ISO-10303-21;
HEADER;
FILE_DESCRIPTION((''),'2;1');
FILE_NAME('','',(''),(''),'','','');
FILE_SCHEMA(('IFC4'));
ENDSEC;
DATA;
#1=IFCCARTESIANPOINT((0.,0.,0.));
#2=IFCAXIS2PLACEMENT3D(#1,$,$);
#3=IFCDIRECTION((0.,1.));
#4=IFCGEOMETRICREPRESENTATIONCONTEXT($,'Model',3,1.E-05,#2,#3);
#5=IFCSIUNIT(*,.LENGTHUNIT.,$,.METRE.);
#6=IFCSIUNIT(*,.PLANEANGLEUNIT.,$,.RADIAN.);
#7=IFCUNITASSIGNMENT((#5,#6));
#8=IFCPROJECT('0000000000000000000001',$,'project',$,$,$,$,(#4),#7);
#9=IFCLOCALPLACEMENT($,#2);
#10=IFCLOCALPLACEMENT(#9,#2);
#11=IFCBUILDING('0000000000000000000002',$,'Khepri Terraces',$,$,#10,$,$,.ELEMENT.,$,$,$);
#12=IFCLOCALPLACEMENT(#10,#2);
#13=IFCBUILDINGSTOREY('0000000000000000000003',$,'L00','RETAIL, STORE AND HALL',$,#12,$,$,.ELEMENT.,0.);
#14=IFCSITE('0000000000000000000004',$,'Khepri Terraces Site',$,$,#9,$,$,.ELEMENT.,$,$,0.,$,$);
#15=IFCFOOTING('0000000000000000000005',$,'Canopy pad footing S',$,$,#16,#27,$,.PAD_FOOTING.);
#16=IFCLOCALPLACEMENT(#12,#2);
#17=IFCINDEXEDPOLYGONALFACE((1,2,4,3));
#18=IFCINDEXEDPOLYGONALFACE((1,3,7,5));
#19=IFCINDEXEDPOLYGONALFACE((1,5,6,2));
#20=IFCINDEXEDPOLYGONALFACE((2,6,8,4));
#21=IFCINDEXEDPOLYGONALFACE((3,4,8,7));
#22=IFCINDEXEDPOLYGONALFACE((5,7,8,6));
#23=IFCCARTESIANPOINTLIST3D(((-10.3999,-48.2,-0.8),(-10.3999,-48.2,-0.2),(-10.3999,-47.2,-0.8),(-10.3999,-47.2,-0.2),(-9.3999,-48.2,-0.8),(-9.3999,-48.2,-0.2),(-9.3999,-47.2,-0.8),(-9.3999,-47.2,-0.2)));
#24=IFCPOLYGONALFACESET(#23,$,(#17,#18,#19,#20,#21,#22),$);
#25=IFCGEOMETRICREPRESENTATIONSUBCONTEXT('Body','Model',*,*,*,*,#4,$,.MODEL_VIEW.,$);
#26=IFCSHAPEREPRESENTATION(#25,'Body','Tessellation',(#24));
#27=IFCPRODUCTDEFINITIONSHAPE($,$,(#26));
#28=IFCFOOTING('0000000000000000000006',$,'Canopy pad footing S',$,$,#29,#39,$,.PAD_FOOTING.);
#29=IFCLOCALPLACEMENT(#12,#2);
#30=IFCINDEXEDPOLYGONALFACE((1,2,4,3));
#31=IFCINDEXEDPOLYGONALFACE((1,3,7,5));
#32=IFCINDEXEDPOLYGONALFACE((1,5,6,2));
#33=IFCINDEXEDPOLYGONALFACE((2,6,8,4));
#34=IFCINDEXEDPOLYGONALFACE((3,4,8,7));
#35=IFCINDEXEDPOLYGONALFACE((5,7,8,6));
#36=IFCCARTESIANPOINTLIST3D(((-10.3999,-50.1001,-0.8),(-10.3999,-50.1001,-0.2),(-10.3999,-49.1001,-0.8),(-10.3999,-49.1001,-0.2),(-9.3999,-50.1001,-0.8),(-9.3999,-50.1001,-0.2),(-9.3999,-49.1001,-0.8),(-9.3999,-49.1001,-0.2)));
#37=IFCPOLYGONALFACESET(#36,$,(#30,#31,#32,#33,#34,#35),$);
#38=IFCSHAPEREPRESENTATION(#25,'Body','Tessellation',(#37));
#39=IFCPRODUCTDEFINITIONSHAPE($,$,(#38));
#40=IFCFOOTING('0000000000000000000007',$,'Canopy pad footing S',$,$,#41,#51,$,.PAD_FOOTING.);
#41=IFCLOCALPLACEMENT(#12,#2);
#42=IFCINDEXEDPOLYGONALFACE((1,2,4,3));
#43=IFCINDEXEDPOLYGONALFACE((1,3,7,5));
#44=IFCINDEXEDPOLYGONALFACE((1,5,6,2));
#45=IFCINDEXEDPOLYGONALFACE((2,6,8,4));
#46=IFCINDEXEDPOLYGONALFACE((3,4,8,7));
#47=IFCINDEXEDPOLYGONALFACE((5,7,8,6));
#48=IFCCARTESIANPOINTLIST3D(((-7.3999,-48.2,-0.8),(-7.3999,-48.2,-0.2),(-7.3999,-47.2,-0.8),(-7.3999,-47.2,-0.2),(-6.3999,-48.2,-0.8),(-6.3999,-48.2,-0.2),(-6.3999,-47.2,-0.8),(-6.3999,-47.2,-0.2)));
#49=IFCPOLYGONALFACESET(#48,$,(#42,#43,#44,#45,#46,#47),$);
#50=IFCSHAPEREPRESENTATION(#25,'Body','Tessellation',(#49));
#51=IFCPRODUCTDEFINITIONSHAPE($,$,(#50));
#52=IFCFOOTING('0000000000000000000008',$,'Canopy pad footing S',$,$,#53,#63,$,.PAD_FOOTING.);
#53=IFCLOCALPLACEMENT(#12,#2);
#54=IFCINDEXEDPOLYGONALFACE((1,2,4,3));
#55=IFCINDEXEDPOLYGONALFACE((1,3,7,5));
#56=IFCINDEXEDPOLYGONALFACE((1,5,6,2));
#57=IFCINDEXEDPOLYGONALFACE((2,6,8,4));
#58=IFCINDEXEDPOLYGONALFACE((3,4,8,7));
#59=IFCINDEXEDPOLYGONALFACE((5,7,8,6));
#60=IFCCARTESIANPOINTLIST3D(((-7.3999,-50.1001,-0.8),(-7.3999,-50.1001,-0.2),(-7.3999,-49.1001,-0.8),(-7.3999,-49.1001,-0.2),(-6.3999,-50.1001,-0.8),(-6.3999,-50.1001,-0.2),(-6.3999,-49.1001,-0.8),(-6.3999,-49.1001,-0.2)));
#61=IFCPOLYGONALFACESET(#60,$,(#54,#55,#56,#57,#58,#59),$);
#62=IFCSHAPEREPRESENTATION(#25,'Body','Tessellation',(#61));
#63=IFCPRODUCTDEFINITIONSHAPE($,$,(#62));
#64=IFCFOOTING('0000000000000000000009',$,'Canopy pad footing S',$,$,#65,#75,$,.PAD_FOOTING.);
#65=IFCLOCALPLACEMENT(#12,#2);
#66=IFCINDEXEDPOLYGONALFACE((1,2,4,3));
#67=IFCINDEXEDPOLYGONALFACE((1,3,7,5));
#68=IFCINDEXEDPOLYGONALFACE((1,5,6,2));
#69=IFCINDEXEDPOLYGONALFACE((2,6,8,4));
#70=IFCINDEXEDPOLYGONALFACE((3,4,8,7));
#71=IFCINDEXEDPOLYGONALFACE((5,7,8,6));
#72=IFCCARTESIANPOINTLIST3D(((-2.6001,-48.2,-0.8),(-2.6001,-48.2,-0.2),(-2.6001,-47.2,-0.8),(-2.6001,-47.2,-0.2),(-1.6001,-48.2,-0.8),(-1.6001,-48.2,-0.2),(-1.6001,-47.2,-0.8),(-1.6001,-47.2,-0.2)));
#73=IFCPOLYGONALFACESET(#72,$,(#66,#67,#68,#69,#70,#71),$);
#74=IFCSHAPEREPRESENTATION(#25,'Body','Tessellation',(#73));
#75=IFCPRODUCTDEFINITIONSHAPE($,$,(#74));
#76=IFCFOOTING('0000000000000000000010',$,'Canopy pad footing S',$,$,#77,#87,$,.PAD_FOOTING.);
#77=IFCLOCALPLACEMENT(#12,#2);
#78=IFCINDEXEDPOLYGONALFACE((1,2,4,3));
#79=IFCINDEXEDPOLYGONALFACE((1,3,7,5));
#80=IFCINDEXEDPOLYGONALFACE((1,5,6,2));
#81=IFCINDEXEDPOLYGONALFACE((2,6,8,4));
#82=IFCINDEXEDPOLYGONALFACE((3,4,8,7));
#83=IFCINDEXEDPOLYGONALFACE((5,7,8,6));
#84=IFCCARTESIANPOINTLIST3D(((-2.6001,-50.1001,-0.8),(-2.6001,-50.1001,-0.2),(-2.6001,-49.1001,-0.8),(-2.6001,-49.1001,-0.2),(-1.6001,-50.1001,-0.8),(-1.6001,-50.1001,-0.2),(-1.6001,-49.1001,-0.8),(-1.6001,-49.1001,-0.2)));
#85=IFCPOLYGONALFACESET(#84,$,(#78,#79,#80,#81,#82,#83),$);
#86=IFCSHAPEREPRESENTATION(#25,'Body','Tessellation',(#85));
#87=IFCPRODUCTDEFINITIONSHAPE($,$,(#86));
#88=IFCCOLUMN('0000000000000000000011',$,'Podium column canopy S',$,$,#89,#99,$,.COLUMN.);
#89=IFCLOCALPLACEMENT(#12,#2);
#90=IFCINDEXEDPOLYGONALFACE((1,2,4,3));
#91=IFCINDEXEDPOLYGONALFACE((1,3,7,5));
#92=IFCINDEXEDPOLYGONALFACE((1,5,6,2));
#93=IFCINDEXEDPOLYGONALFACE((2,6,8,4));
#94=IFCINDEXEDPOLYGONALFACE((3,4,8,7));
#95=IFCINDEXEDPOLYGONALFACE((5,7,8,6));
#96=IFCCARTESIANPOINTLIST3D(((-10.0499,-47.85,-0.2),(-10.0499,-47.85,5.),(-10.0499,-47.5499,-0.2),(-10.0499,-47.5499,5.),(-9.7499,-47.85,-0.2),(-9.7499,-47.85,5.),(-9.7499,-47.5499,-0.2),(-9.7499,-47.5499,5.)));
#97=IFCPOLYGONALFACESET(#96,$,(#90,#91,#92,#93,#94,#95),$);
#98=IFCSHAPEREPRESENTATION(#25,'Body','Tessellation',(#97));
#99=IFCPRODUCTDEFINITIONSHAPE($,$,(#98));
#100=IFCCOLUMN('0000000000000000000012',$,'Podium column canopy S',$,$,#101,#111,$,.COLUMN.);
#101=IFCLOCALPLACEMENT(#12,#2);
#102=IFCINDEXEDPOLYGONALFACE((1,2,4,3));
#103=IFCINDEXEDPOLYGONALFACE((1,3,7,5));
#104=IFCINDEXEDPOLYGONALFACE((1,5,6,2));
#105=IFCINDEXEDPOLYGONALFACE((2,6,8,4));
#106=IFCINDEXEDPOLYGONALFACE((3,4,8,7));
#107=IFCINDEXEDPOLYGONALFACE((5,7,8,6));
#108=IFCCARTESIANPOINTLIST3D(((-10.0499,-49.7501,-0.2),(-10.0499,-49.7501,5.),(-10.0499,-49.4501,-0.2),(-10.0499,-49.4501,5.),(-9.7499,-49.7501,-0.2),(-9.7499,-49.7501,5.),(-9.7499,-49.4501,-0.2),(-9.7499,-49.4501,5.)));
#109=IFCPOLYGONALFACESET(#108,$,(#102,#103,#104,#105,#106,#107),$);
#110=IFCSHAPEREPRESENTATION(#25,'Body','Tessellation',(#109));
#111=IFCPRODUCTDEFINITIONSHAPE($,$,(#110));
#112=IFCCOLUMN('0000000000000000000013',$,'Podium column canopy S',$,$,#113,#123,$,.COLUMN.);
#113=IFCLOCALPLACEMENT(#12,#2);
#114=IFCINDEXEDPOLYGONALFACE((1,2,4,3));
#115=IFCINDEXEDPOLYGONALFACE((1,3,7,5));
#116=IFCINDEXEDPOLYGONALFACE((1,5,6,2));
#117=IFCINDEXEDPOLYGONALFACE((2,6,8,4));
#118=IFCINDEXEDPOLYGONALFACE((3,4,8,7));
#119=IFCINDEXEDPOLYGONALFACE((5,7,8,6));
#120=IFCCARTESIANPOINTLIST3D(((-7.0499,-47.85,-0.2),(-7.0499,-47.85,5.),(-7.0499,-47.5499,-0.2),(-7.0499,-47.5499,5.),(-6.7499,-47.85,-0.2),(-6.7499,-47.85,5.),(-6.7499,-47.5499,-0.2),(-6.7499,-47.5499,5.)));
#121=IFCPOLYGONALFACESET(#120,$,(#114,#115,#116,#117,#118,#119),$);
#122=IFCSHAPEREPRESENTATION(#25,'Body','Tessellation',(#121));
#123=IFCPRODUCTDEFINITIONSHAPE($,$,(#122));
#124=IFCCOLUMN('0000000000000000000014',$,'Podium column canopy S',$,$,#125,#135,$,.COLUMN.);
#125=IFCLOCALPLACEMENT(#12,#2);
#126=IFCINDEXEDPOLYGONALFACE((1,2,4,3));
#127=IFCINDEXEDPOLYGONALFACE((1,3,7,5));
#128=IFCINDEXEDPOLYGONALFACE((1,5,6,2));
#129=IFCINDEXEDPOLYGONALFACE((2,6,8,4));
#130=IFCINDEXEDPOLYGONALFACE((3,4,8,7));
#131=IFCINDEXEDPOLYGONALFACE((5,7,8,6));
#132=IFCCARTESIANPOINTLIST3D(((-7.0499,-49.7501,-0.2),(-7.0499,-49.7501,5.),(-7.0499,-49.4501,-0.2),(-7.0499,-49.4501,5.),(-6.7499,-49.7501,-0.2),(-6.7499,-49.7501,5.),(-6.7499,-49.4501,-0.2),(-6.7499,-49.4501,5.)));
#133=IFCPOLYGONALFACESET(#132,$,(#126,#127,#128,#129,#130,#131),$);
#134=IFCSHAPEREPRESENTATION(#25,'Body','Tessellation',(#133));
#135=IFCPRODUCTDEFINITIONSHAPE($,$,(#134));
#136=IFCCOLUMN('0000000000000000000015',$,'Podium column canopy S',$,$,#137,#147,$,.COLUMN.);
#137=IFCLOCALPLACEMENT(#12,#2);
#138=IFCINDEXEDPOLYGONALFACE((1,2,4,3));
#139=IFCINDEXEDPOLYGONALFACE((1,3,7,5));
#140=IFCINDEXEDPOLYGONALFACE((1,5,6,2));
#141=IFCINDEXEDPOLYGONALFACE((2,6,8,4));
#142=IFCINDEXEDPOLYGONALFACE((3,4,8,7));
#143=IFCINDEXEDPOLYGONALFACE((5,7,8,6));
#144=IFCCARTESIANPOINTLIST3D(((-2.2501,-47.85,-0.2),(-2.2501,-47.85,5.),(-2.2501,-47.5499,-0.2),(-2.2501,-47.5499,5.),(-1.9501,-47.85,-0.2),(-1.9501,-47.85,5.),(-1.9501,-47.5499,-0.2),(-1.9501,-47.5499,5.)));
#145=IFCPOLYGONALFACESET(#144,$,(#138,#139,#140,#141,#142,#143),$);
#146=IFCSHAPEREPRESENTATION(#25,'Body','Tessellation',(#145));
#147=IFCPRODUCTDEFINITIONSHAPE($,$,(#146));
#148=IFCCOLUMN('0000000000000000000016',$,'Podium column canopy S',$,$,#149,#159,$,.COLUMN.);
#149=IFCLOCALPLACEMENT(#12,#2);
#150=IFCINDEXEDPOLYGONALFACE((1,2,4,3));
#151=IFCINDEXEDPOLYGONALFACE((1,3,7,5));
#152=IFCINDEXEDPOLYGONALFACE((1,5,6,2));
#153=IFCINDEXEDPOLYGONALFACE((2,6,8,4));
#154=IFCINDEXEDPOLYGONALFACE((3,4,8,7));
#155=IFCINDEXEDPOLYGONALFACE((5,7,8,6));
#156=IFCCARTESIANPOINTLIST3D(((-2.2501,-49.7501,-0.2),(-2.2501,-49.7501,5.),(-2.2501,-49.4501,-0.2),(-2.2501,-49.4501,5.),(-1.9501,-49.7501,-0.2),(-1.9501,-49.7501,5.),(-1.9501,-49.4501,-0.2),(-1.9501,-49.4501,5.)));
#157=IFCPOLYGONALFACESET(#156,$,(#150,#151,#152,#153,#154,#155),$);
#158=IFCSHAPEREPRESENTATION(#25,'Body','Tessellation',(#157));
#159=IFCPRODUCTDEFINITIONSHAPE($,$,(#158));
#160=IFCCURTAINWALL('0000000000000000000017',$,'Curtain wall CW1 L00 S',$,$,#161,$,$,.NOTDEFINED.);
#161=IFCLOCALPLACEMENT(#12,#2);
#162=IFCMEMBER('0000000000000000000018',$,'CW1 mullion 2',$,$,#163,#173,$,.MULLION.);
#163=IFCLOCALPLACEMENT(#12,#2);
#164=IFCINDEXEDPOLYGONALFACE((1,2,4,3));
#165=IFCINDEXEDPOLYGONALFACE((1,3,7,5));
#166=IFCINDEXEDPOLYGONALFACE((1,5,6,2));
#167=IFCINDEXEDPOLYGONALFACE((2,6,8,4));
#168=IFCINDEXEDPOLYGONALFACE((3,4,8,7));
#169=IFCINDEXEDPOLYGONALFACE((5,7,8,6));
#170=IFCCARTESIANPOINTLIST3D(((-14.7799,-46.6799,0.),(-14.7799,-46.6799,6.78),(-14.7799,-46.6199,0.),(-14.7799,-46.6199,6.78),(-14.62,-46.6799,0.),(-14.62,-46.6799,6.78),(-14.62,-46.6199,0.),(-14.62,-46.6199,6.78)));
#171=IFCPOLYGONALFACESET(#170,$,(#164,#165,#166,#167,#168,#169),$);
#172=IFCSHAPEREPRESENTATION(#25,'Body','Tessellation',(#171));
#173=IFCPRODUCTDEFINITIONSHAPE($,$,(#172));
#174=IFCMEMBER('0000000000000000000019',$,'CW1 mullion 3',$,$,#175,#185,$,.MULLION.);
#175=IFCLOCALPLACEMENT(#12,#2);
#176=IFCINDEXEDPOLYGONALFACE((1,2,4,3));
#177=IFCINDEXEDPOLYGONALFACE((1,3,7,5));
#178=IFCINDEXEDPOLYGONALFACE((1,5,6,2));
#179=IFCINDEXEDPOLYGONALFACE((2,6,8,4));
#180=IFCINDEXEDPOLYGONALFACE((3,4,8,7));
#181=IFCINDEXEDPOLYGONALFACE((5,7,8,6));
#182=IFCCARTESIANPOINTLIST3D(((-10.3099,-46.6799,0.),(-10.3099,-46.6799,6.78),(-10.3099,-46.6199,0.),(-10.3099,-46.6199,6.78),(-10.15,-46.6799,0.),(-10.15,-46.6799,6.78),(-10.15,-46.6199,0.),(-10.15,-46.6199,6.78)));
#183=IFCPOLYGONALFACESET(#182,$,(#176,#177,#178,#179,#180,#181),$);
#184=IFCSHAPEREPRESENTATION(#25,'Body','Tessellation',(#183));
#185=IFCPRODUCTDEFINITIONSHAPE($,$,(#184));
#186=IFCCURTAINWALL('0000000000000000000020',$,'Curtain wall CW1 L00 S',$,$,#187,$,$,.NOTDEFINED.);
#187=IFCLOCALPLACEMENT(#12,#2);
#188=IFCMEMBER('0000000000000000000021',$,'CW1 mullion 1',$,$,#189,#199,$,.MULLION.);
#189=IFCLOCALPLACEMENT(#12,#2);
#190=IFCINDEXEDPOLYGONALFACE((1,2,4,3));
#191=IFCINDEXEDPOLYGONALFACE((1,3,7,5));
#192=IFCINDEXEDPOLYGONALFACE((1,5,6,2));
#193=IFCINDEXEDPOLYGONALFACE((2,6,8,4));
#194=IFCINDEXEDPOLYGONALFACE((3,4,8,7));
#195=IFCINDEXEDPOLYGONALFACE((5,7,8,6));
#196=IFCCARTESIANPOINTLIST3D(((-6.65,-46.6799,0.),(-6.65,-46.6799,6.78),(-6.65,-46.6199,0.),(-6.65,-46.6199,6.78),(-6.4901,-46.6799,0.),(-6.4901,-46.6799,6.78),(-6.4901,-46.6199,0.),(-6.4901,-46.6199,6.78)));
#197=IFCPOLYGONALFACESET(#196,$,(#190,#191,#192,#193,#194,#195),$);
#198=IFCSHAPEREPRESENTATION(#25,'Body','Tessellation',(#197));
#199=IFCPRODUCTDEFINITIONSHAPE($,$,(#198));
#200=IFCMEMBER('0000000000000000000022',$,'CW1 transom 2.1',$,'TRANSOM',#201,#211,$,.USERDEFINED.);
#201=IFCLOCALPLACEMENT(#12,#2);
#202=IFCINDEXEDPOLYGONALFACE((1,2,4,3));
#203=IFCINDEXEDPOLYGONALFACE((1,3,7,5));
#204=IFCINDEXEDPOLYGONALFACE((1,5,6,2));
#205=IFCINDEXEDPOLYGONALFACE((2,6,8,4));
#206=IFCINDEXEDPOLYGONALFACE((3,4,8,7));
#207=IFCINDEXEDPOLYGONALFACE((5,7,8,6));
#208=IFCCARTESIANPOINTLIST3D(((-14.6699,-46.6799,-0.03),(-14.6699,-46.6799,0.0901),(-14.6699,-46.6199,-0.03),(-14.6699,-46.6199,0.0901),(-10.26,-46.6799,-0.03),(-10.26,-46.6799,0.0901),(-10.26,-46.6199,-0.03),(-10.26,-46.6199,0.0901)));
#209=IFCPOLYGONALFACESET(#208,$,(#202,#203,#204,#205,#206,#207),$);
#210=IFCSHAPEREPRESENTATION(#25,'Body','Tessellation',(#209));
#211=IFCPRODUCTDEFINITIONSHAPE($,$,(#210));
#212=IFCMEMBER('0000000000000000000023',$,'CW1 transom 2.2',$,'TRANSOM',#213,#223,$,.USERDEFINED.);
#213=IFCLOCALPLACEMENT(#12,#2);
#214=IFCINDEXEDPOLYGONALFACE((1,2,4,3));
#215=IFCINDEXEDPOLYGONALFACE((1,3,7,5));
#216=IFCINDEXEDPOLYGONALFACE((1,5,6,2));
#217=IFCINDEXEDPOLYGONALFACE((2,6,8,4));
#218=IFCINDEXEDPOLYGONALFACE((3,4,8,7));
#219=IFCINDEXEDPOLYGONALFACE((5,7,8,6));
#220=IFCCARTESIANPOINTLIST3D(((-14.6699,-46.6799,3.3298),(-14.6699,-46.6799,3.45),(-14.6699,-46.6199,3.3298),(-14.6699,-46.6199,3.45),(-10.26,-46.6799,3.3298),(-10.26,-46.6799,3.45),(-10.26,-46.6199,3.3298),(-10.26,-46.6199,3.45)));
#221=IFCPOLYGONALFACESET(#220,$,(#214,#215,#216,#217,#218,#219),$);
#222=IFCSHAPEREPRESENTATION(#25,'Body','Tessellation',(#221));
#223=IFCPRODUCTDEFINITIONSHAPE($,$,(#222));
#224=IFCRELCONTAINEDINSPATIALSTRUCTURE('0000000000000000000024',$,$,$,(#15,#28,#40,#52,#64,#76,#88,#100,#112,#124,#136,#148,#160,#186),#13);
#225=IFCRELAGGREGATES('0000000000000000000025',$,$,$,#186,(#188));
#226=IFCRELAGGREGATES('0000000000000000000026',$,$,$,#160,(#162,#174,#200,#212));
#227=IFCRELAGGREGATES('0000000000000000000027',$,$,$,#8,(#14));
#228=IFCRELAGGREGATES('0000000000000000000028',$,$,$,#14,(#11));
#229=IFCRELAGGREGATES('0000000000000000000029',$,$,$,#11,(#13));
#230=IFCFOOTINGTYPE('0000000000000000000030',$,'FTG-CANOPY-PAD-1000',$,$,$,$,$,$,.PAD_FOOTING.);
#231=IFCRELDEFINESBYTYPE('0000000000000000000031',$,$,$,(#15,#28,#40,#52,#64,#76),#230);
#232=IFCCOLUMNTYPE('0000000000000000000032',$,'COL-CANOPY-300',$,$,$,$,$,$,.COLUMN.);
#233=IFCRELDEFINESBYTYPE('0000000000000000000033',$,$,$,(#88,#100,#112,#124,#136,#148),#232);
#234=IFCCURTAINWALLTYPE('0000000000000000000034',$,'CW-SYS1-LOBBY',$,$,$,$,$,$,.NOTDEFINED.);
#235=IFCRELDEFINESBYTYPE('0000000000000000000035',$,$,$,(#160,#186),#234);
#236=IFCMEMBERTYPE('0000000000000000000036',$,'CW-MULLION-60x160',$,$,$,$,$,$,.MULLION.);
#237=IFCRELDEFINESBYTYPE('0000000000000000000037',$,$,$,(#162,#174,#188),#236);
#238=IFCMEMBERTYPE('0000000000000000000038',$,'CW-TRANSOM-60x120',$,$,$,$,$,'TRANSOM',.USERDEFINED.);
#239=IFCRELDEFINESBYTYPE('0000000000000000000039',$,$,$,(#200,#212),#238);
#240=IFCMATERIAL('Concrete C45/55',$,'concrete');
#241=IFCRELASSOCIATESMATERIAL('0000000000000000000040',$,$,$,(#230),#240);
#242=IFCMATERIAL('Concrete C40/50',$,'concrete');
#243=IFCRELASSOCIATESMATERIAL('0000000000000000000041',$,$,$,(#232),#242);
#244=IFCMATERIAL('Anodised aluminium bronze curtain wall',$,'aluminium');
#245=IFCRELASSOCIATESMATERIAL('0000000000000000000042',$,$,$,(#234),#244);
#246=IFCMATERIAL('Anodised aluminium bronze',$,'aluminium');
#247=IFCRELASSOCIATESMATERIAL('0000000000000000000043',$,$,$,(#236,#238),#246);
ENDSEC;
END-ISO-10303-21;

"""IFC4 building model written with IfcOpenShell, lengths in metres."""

from ifc_helpers import new_model, si_unit, direction, frame, origin, origin_2d, place, context, subcontext, project, spatial, rectangle, extrude, material, material_profile, profile_set, type_object, element, aggregate, save


model = new_model("IFC4")

# Units and contexts
model_context = context("Model", 3, precision=1e-05, world=origin(), true_north=direction((0.0, 1.0)))
body_context = subcontext(model_context, "Body", "Model", "MODEL_VIEW")
ifc_project = project(units=[si_unit("LENGTHUNIT", "METRE"), si_unit("PLANEANGLEUNIT", "RADIAN")], contexts=[model_context])

# Site, building, storey
site_placement = place(None, origin())
site = spatial("IfcSite", under=ifc_project, at=site_placement, Name="Khepri Terraces Site", CompositionType="ELEMENT", RefElevation=0.0)
building_placement = place(site_placement, origin())
building = spatial("IfcBuilding", under=site, at=building_placement, Name="Khepri Terraces", CompositionType="ELEMENT")
storey_placement = place(building_placement, origin())
storey = spatial("IfcBuildingStorey", under=building, at=storey_placement, Name="L00", Description="RETAIL, STORE AND HALL", CompositionType="ELEMENT", Elevation=0.0)

# Footings
ifc_material_1 = material(Name="Concrete C45/55", Category="concrete")
footing_type = type_object("IfcFootingType", Name="FTG-CANOPY-PAD-1000", PredefinedType="PAD_FOOTING", material=ifc_material_1)
for number, where, z_axis, x_axis, name in (
    (1, (-9.8999, -47.7, -0.8), (0.0, 0.0, 1.0), (1.0, 0.0, 0.0), "Canopy pad footing S"),
    (2, (-9.8999, -49.6001, -0.8), (0.0, 0.0, 1.0), (1.0, 0.0, 0.0), "Canopy pad footing S"),
    (3, (-6.8999, -47.7, -0.8), (0.0, 0.0, 1.0), (1.0, 0.0, 0.0), "Canopy pad footing S"),
    (4, (-6.8999, -49.6001, -0.8), (0.0, 0.0, 1.0), (1.0, 0.0, 0.0), "Canopy pad footing S"),
    (5, (-2.1001, -47.7, -0.8), (0.0, 0.0, 1.0), (1.0, 0.0, 0.0), "Canopy pad footing S"),
    (6, (-2.1001, -49.6001, -0.8), (0.0, 0.0, 1.0), (1.0, 0.0, 0.0), "Canopy pad footing S"),
):
    element("IfcFooting", number, at=place(storey_placement, frame(where, z_axis=z_axis, x_axis=x_axis)), inside=storey, type_object=footing_type, Name=name, PredefinedType="PAD_FOOTING", context=body_context, shape_type="SweptSolid", body=[
        extrude(rectangle(XDim=1.0, YDim=1.0, at=origin_2d()), origin(), (0.0, 0.0, 1.0), 0.6001),
    ])

# Columns
ifc_material_2 = material(Name="Concrete C40/50", Category="concrete")
ifc_material_profile_1 = material_profile(ifc_material_2, rectangle(XDim=0.3, YDim=0.3, at=origin_2d()), Name="Concrete C40/50", Category="concrete")
ifc_profile_set_1 = profile_set([ifc_material_profile_1], Name="Concrete C40/50")
column_type = type_object("IfcColumnType", Name="COL-CANOPY-300", PredefinedType="COLUMN", material=ifc_profile_set_1)
for number, where, z_axis, x_axis, name in (
    (7, (-9.8999, -47.7, -0.2), (0.0, 0.0, 1.0), (1.0, 0.0, 0.0), "Podium column canopy S"),
    (8, (-9.8999, -49.6001, -0.2), (0.0, 0.0, 1.0), (1.0, 0.0, 0.0), "Podium column canopy S"),
    (9, (-6.8999, -47.7, -0.2), (0.0, 0.0, 1.0), (1.0, 0.0, 0.0), "Podium column canopy S"),
    (10, (-6.8999, -49.6001, -0.2), (0.0, 0.0, 1.0), (1.0, 0.0, 0.0), "Podium column canopy S"),
    (11, (-2.1001, -47.7, -0.2), (0.0, 0.0, 1.0), (1.0, 0.0, 0.0), "Podium column canopy S"),
    (12, (-2.1001, -49.6001, -0.2), (0.0, 0.0, 1.0), (1.0, 0.0, 0.0), "Podium column canopy S"),
):
    element("IfcColumn", number, at=place(storey_placement, frame(where, z_axis=z_axis, x_axis=x_axis)), inside=storey, type_object=column_type, Name=name, PredefinedType="COLUMN", context=body_context, shape_type="SweptSolid", body=[
        extrude(rectangle(XDim=0.3, YDim=0.3, at=origin_2d()), origin(), (0.0, 0.0, 1.0), 5.2),
    ])

# Curtain wall, members
ifc_material_3 = material(Name="Anodised aluminium bronze curtain wall", Category="aluminium")
curtain_wall_type = type_object("IfcCurtainWallType", Name="CW-SYS1-LOBBY", PredefinedType="NOTDEFINED", material=ifc_material_3)
curtain_wall_1_placement = place(storey_placement, origin())
curtain_wall_1 = element("IfcCurtainWall", 13, at=curtain_wall_1_placement, inside=storey, type_object=curtain_wall_type, Name="Curtain wall CW1 L00 S", PredefinedType="NOTDEFINED")
ifc_material_4 = material(Name="Anodised aluminium bronze", Category="aluminium")
ifc_material_profile_2 = material_profile(ifc_material_4, rectangle(XDim=0.0601, YDim=0.1599, at=origin_2d()), Name="Anodised aluminium bronze", Category="aluminium")
ifc_profile_set_2 = profile_set([ifc_material_profile_2], Name="Anodised aluminium bronze")
member_type_1 = type_object("IfcMemberType", Name="CW-MULLION-60x160", PredefinedType="MULLION", material=ifc_profile_set_2)
member_1_placement = place(storey_placement, frame((-14.7, -46.6499, 0.0), z_axis=(0.0, 0.0, 1.0), x_axis=(0.0, 1.0, 0.0)))
member_1 = element("IfcMember", 14, at=member_1_placement, type_object=member_type_1, Name="CW1 mullion 2", PredefinedType="MULLION", context=body_context, shape_type="SweptSolid", body=[
    extrude(rectangle(XDim=0.0601, YDim=0.1599, at=origin_2d()), origin(), (0.0, 0.0, 1.0), 6.78),
])
member_2_placement = place(storey_placement, frame((-10.23, -46.6499, 0.0), z_axis=(0.0, 0.0, 1.0), x_axis=(0.0, 1.0, 0.0)))
member_2 = element("IfcMember", 15, at=member_2_placement, type_object=member_type_1, Name="CW1 mullion 3", PredefinedType="MULLION", context=body_context, shape_type="SweptSolid", body=[
    extrude(rectangle(XDim=0.0601, YDim=0.1599, at=origin_2d()), origin(), (0.0, 0.0, 1.0), 6.78),
])

# Curtain wall, member
curtain_wall_2_placement = place(storey_placement, origin())
curtain_wall_2 = element("IfcCurtainWall", 16, at=curtain_wall_2_placement, inside=storey, type_object=curtain_wall_type, Name="Curtain wall CW1 L00 S", PredefinedType="NOTDEFINED")
member_3_placement = place(storey_placement, frame((-6.5701, -46.6499, 0.0), z_axis=(0.0, 0.0, 1.0), x_axis=(0.0, 1.0, 0.0)))
member_3 = element("IfcMember", 17, at=member_3_placement, type_object=member_type_1, Name="CW1 mullion 1", PredefinedType="MULLION", context=body_context, shape_type="SweptSolid", body=[
    extrude(rectangle(XDim=0.0601, YDim=0.1599, at=origin_2d()), origin(), (0.0, 0.0, 1.0), 6.78),
])

# Members
ifc_material_profile_3 = material_profile(ifc_material_4, rectangle(XDim=0.0601, YDim=0.1201, at=origin_2d()), Name="Anodised aluminium bronze", Category="aluminium")
ifc_profile_set_3 = profile_set([ifc_material_profile_3], Name="Anodised aluminium bronze")
member_type_2 = type_object("IfcMemberType", Name="CW-TRANSOM-60x120", ElementType="TRANSOM", PredefinedType="USERDEFINED", material=ifc_profile_set_3)
member_4_placement = place(storey_placement, frame((-14.6699, -46.6499, 0.03), z_axis=(1.0, 0.0, 0.0), x_axis=(0.0, 1.0, 0.0)))
member_4 = element("IfcMember", 18, at=member_4_placement, type_object=member_type_2, Name="CW1 transom 2.1", ObjectType="TRANSOM", PredefinedType="USERDEFINED", context=body_context, shape_type="SweptSolid", body=[
    extrude(rectangle(XDim=0.0601, YDim=0.1201, at=origin_2d()), origin(), (0.0, 0.0, 1.0), 4.4099),
])
member_5_placement = place(storey_placement, frame((-14.6699, -46.6499, 3.3899), z_axis=(1.0, 0.0, 0.0), x_axis=(0.0, 1.0, 0.0)))
member_5 = element("IfcMember", 19, at=member_5_placement, type_object=member_type_2, Name="CW1 transom 2.2", ObjectType="TRANSOM", PredefinedType="USERDEFINED", context=body_context, shape_type="SweptSolid", body=[
    extrude(rectangle(XDim=0.0601, YDim=0.1201, at=origin_2d()), origin(), (0.0, 0.0, 1.0), 4.4099),
])
aggregate(curtain_wall_2, [member_3])

aggregate(curtain_wall_1, [member_1, member_2, member_4, member_5])

save(model, "model.ifc")
